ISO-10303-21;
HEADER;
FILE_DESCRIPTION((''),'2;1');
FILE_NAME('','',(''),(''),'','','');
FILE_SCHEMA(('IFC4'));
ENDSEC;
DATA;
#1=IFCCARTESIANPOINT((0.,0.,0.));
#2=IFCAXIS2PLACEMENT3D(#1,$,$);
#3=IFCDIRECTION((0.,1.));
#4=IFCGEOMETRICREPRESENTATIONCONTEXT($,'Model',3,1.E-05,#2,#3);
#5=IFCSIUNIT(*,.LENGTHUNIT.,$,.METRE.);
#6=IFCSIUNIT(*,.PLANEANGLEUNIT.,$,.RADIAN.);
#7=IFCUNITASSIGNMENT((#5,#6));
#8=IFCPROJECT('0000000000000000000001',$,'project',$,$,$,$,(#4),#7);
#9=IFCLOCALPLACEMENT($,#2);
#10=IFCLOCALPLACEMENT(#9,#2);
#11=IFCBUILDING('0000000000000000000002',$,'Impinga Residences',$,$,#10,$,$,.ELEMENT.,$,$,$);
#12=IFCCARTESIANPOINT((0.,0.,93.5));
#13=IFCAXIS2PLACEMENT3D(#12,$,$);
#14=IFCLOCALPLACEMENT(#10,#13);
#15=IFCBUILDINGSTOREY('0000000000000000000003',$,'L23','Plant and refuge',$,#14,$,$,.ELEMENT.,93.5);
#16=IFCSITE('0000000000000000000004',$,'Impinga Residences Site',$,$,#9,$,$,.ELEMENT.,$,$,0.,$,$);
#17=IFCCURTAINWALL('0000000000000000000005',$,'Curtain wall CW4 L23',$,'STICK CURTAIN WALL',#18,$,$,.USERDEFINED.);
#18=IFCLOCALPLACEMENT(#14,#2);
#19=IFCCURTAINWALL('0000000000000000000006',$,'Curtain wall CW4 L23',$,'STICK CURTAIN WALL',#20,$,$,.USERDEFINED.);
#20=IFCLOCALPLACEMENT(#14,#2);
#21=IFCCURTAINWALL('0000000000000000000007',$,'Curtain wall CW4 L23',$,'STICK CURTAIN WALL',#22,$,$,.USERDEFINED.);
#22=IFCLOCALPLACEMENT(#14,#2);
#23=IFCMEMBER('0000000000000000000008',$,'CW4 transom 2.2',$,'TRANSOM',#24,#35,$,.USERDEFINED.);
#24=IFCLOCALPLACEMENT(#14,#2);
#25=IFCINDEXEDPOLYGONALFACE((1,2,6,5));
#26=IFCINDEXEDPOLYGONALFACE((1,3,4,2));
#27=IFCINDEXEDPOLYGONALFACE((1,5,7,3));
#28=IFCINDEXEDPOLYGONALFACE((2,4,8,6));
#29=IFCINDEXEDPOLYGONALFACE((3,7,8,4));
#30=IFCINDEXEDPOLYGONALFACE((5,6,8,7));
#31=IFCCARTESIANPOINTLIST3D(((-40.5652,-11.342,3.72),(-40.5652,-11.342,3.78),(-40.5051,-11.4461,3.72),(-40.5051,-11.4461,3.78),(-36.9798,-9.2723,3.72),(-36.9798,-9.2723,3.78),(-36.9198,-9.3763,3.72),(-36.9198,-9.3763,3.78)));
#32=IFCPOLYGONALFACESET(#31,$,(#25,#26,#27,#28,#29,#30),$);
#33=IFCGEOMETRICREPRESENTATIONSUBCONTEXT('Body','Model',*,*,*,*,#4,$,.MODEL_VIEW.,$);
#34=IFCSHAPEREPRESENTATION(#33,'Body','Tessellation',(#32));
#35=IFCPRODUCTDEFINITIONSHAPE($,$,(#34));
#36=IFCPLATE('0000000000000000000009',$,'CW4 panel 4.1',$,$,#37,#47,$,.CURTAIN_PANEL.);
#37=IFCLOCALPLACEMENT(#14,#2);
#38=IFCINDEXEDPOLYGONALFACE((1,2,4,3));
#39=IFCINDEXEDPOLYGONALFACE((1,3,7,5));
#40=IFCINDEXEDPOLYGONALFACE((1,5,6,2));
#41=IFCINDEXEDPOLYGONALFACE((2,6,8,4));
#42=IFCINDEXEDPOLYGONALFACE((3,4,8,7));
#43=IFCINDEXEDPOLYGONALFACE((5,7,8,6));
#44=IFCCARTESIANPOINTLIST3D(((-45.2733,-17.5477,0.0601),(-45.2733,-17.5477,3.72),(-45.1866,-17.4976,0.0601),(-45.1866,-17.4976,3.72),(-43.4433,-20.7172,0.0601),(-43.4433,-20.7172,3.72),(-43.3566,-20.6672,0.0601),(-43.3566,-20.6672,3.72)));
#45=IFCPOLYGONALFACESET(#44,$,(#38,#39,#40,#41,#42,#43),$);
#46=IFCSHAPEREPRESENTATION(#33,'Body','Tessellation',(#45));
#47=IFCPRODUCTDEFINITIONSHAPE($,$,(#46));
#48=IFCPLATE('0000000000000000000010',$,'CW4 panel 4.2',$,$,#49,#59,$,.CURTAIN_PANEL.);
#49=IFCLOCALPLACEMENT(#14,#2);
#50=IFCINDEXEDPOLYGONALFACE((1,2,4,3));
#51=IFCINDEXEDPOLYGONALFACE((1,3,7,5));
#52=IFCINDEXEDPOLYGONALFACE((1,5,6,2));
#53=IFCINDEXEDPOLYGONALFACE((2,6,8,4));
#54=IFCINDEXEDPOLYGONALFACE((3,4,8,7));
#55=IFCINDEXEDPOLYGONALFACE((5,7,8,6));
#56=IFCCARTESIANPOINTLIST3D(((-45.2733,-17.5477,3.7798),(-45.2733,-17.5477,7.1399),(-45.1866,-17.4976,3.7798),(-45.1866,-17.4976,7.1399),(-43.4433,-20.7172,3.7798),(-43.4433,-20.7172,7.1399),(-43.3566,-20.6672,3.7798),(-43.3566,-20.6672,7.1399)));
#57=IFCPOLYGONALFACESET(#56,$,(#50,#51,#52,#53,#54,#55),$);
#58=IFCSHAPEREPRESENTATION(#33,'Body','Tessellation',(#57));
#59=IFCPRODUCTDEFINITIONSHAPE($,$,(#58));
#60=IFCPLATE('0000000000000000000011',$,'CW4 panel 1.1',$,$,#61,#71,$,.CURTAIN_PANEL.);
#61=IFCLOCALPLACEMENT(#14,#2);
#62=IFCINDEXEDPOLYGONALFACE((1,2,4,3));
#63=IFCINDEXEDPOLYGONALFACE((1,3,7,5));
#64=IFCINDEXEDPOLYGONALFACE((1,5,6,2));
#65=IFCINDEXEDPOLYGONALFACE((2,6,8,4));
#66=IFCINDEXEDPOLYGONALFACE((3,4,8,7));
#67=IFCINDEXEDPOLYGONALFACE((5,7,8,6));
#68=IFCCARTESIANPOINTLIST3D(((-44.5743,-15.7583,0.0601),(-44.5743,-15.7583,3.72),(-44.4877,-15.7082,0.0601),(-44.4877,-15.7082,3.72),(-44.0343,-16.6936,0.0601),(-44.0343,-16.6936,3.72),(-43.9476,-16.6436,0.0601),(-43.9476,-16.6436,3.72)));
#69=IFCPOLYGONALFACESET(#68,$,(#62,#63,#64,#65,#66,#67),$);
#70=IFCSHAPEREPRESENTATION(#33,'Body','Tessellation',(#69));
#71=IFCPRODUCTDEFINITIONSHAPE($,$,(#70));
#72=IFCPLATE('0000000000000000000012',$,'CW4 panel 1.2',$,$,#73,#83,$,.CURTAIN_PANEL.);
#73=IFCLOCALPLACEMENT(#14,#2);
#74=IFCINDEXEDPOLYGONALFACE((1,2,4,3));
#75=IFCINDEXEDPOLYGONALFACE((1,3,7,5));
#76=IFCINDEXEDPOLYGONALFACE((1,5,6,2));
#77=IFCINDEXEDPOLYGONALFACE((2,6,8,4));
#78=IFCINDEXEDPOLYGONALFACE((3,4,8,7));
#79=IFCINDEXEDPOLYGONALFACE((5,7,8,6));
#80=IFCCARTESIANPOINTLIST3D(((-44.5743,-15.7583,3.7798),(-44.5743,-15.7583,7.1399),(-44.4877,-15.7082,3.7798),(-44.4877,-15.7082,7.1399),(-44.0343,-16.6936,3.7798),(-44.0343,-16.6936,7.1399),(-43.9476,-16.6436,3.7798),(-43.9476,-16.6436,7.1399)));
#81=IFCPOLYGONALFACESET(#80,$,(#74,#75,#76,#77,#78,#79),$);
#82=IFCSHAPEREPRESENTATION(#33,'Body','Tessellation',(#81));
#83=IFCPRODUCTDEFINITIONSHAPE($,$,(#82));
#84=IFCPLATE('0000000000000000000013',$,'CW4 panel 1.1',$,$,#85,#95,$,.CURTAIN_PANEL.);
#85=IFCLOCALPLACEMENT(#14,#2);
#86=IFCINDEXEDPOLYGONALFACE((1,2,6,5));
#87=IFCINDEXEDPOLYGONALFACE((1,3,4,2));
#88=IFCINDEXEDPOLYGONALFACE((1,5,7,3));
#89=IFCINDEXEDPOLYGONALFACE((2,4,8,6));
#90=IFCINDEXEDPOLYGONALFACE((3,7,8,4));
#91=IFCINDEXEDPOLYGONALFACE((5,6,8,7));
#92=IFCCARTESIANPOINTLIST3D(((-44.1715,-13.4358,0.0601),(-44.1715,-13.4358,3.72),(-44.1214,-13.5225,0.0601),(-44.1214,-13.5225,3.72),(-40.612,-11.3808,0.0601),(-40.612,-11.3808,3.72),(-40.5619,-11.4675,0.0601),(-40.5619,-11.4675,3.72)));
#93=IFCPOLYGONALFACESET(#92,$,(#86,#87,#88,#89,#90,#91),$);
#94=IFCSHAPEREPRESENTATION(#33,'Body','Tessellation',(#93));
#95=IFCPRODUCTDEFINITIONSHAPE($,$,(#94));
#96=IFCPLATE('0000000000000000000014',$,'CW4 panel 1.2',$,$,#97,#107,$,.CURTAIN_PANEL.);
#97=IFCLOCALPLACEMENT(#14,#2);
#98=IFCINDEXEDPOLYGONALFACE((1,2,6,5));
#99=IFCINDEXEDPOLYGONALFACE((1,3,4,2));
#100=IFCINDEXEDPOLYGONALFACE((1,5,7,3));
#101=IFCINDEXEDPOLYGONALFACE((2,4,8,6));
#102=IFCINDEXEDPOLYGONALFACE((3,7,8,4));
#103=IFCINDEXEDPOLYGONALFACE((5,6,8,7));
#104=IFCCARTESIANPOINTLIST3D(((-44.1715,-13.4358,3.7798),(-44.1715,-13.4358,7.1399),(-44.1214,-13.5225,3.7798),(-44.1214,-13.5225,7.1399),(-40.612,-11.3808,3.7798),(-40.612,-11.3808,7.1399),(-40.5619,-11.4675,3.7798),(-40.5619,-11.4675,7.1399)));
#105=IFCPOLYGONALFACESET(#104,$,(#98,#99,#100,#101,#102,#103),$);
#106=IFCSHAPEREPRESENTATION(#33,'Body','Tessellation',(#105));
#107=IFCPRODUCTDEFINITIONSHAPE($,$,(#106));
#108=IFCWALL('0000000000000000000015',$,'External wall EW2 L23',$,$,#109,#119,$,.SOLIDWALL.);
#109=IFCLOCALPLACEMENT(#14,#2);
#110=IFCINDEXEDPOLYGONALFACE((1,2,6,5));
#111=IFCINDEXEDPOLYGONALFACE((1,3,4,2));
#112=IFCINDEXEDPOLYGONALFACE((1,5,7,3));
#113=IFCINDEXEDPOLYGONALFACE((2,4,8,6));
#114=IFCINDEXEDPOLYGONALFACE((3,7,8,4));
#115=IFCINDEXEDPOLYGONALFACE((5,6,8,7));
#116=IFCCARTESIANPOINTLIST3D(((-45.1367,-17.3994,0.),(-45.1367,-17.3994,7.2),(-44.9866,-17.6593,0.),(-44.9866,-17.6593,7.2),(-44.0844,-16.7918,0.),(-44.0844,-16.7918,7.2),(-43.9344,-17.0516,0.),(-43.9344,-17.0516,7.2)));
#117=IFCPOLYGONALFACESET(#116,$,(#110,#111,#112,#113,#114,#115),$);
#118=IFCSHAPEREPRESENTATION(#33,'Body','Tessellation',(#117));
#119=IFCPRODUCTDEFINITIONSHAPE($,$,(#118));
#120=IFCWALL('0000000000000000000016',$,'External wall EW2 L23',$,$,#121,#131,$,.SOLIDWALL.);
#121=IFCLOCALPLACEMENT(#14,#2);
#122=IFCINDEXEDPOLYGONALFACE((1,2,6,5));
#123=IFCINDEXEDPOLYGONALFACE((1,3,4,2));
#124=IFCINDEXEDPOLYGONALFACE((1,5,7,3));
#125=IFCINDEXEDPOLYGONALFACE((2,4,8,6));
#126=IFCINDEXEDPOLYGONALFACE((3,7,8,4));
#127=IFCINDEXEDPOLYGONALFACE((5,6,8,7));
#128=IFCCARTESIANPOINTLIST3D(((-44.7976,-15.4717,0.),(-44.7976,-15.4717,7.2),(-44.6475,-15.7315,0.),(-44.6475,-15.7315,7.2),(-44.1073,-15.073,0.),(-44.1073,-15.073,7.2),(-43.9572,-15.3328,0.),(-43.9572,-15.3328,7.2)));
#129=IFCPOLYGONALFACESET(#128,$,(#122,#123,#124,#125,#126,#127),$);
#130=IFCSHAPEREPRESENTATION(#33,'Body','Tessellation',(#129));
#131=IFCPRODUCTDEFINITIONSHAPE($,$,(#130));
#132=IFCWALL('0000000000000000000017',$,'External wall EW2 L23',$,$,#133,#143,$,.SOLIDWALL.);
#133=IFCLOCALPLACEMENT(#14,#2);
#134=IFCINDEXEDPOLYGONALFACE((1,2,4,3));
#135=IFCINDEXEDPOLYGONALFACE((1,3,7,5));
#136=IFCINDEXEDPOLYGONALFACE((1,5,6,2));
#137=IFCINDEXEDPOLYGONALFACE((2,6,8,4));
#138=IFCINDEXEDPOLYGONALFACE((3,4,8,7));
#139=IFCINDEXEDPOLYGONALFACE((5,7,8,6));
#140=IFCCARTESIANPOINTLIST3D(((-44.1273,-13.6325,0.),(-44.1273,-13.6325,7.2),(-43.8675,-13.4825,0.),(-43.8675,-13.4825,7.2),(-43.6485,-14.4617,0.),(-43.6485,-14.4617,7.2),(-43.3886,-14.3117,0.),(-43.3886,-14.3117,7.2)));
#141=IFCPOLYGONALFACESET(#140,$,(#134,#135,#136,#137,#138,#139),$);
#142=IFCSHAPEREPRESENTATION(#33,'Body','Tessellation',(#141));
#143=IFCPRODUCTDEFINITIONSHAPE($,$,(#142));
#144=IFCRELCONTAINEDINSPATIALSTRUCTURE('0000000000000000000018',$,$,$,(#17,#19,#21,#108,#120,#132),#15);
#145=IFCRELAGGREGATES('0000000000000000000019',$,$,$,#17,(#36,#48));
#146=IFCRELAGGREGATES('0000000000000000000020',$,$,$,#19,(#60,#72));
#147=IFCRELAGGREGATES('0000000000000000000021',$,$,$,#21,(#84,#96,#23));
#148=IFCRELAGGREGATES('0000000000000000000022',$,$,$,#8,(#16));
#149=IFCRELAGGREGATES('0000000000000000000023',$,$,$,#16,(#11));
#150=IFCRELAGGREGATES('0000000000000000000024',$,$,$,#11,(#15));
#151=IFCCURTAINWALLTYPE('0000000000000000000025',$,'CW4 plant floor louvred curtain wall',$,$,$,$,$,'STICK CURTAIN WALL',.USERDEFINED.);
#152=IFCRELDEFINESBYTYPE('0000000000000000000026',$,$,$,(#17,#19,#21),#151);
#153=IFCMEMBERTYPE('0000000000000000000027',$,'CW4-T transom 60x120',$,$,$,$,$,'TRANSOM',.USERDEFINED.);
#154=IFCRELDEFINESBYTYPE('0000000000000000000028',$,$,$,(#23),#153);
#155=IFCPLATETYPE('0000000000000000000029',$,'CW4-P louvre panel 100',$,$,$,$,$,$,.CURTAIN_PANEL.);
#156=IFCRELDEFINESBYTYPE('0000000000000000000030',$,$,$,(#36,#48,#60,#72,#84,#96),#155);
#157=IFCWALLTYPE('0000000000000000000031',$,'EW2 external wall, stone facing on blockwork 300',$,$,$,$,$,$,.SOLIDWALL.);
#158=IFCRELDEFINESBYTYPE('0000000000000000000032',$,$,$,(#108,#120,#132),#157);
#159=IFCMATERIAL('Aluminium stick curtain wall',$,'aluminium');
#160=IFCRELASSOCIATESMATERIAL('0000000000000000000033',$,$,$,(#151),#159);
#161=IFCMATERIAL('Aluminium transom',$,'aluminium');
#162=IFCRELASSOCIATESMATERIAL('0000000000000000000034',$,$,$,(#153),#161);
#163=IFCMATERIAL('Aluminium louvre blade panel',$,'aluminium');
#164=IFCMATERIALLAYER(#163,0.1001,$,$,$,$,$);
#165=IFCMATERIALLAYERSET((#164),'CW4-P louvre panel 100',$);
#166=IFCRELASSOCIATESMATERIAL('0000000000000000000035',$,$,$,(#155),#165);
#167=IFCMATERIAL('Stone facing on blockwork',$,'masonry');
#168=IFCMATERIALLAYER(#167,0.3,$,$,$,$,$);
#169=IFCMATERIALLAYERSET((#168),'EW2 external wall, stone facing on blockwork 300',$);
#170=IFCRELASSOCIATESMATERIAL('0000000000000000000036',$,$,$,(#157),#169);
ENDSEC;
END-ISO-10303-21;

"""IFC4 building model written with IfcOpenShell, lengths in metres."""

from ifc_helpers import new_model, si_unit, direction, frame, frame_2d, origin, origin_2d, place, context, subcontext, project, spatial, rectangle, extrude, material, layer, layer_set, material_profile, profile_set, type_object, element, aggregate, save


model = new_model("IFC4")

# Units and contexts
model_context = context("Model", 3, precision=1e-05, world=origin(), true_north=direction((0.0, 1.0)))
body_context = subcontext(model_context, "Body", "Model", "MODEL_VIEW")
ifc_project = project(units=[si_unit("LENGTHUNIT", "METRE"), si_unit("PLANEANGLEUNIT", "RADIAN")], contexts=[model_context])

# Site, building, storey
site_placement = place(None, origin())
site = spatial("IfcSite", under=ifc_project, at=site_placement, Name="Impinga Residences Site", CompositionType="ELEMENT", RefElevation=0.0)
building_placement = place(site_placement, origin())
building = spatial("IfcBuilding", under=site, at=building_placement, Name="Impinga Residences", CompositionType="ELEMENT")
storey_placement = place(building_placement, frame((0.0, 0.0, 93.5)))
storey = spatial("IfcBuildingStorey", under=building, at=storey_placement, Name="L23", Description="Plant and refuge", CompositionType="ELEMENT", Elevation=93.5)

# Curtain wall
ifc_material_1 = material(Name="Aluminium stick curtain wall", Category="aluminium")
curtain_wall_type = type_object("IfcCurtainWallType", Name="CW4 plant floor louvred curtain wall", ElementType="STICK CURTAIN WALL", PredefinedType="USERDEFINED", material=ifc_material_1)
curtain_wall_1_placement = place(storey_placement, origin())
curtain_wall_1 = element("IfcCurtainWall", 1, at=curtain_wall_1_placement, inside=storey, type_object=curtain_wall_type, Name="Curtain wall CW4 L23", ObjectType="STICK CURTAIN WALL", PredefinedType="USERDEFINED")

# Curtain walls
curtain_wall_2_placement = place(storey_placement, origin())
curtain_wall_2 = element("IfcCurtainWall", 2, at=curtain_wall_2_placement, inside=storey, type_object=curtain_wall_type, Name="Curtain wall CW4 L23", ObjectType="STICK CURTAIN WALL", PredefinedType="USERDEFINED")
curtain_wall_3_placement = place(storey_placement, origin())
curtain_wall_3 = element("IfcCurtainWall", 3, at=curtain_wall_3_placement, inside=storey, type_object=curtain_wall_type, Name="Curtain wall CW4 L23", ObjectType="STICK CURTAIN WALL", PredefinedType="USERDEFINED")

# Member
ifc_material_2 = material(Name="Aluminium transom", Category="aluminium")
ifc_material_profile_1 = material_profile(ifc_material_2, rectangle(XDim=0.0601, YDim=0.1201, at=origin_2d()), Name="60x120 transom")
ifc_profile_set_1 = profile_set([ifc_material_profile_1], Name="Aluminium transom")
member_type_1 = type_object("IfcMemberType", Name="CW4-T transom 60x120", ElementType="TRANSOM", PredefinedType="USERDEFINED", material=ifc_profile_set_1)
member_1_placement = place(storey_placement, frame((-40.5352, -11.394, 3.75), z_axis=(0.86605, 0.499957, 0.0), x_axis=(0.0, 0.0, 1.0)))
member_1 = element("IfcMember", 4, at=member_1_placement, type_object=member_type_1, Name="CW4 transom 2.2", ObjectType="TRANSOM", PredefinedType="USERDEFINED", context=body_context, shape_type="SweptSolid", body=[
    extrude(rectangle(XDim=0.0601, YDim=0.1201, at=origin_2d()), origin(), (0.0, 0.0, 1.0), 4.1399),
])

# Plates
ifc_material_3 = material(Name="Aluminium louvre blade panel", Category="aluminium")
ifc_layer_1 = layer(ifc_material_3, 0.1001)
ifc_layer_set_1 = layer_set([ifc_layer_1], Name="CW4-P louvre panel 100")
plate_type = type_object("IfcPlateType", Name="CW4-P louvre panel 100", PredefinedType="CURTAIN_PANEL", material=ifc_layer_set_1)
plate_1_placement = place(storey_placement, frame((-44.3149, -19.1074, 0.0601), z_axis=(0.0, 0.0, 1.0), x_axis=(-0.5, 0.866025, 0.0)))
plate_1 = element("IfcPlate", 5, at=plate_1_placement, type_object=plate_type, Name="CW4 panel 4.1", PredefinedType="CURTAIN_PANEL", context=body_context, shape_type="SweptSolid", body=[
    extrude(rectangle(XDim=3.6599, YDim=0.1001, at=origin_2d()), origin(), (0.0, 0.0, 1.0), 3.6599),
])
plate_2_placement = place(storey_placement, frame((-44.3149, -19.1074, 3.7798), z_axis=(0.0, 0.0, 1.0), x_axis=(-0.5, 0.866025, 0.0)))
plate_2 = element("IfcPlate", 6, at=plate_2_placement, type_object=plate_type, Name="CW4 panel 4.2", PredefinedType="CURTAIN_PANEL", context=body_context, shape_type="SweptSolid", body=[
    extrude(rectangle(XDim=3.6599, YDim=0.1001, at=origin_2d()), origin(), (0.0, 0.0, 1.0), 3.3601),
])
aggregate(curtain_wall_1, [plate_1, plate_2])
plate_3_placement = place(storey_placement, frame((-44.261, -16.2009, 0.0601), z_axis=(0.0, 0.0, 1.0), x_axis=(-0.5, 0.866025, 0.0)))
plate_3 = element("IfcPlate", 7, at=plate_3_placement, type_object=plate_type, Name="CW4 panel 1.1", PredefinedType="CURTAIN_PANEL", context=body_context, shape_type="SweptSolid", body=[
    extrude(rectangle(XDim=1.0801, YDim=0.1001, at=origin_2d()), origin(), (0.0, 0.0, 1.0), 3.6599),
])
plate_4_placement = place(storey_placement, frame((-44.261, -16.2009, 3.7798), z_axis=(0.0, 0.0, 1.0), x_axis=(-0.5, 0.866025, 0.0)))
plate_4 = element("IfcPlate", 8, at=plate_4_placement, type_object=plate_type, Name="CW4 panel 1.2", PredefinedType="CURTAIN_PANEL", context=body_context, shape_type="SweptSolid", body=[
    extrude(rectangle(XDim=1.0801, YDim=0.1001, at=origin_2d()), origin(), (0.0, 0.0, 1.0), 3.3601),
])
aggregate(curtain_wall_2, [plate_3, plate_4])
plate_5_placement = place(storey_placement, frame((-42.3667, -12.4517, 0.0601), z_axis=(0.0, 0.0, 1.0), x_axis=(0.866025, 0.5, 0.0)))
plate_5 = element("IfcPlate", 9, at=plate_5_placement, type_object=plate_type, Name="CW4 panel 1.1", PredefinedType="CURTAIN_PANEL", context=body_context, shape_type="SweptSolid", body=[
    extrude(rectangle(XDim=4.1101, YDim=0.1001, at=origin_2d()), origin(), (0.0, 0.0, 1.0), 3.6599),
])
plate_6_placement = place(storey_placement, frame((-42.3667, -12.4517, 3.7798), z_axis=(0.0, 0.0, 1.0), x_axis=(0.866025, 0.5, 0.0)))
plate_6 = element("IfcPlate", 10, at=plate_6_placement, type_object=plate_type, Name="CW4 panel 1.2", PredefinedType="CURTAIN_PANEL", context=body_context, shape_type="SweptSolid", body=[
    extrude(rectangle(XDim=4.1101, YDim=0.1001, at=origin_2d()), origin(), (0.0, 0.0, 1.0), 3.3601),
])
aggregate(curtain_wall_3, [plate_5, plate_6, member_1])

# Walls
ifc_material_4 = material(Name="Stone facing on blockwork", Category="masonry")
ifc_layer_2 = layer(ifc_material_4, 0.3)
ifc_layer_set_2 = layer_set([ifc_layer_2], Name="EW2 external wall, stone facing on blockwork 300")
wall_type = type_object("IfcWallType", Name="EW2 external wall, stone facing on blockwork 300", PredefinedType="SOLIDWALL", material=ifc_layer_set_2)
wall_1_placement = place(storey_placement, frame((-45.0615, -17.5293, 0.0), z_axis=(0.0, 0.0, 1.0), x_axis=(0.865971, 0.500093, 0.0)))
element("IfcWall", 11, at=wall_1_placement, inside=storey, type_object=wall_type, Name="External wall EW2 L23", PredefinedType="SOLIDWALL", context=body_context, shape_type="SweptSolid", body=[
    extrude(rectangle(XDim=1.2151, YDim=0.3, at=frame_2d((0.6074, 0.0))), origin(), (0.0, 0.0, 1.0), 7.2),
])
wall_2_placement = place(storey_placement, frame((-44.7224, -15.6016, 0.0), z_axis=(0.0, 0.0, 1.0), x_axis=(0.865915, 0.500191, 0.0)))
element("IfcWall", 12, at=wall_2_placement, inside=storey, type_object=wall_type, Name="External wall EW2 L23", PredefinedType="SOLIDWALL", context=body_context, shape_type="SweptSolid", body=[
    extrude(rectangle(XDim=0.7971, YDim=0.3, at=frame_2d((0.3984, 0.0))), origin(), (0.0, 0.0, 1.0), 7.2),
])
wall_3_placement = place(storey_placement, frame((-43.5186, -14.3867, 0.0), z_axis=(0.0, 0.0, 1.0), x_axis=(-0.500061, 0.86599, 0.0)))
element("IfcWall", 13, at=wall_3_placement, inside=storey, type_object=wall_type, Name="External wall EW2 L23", PredefinedType="SOLIDWALL", context=body_context, shape_type="SweptSolid", body=[
    extrude(rectangle(XDim=0.9575, YDim=0.3, at=frame_2d((0.4788, 0.0))), origin(), (0.0, 0.0, 1.0), 7.2),
])

save(model, "model.ifc")
